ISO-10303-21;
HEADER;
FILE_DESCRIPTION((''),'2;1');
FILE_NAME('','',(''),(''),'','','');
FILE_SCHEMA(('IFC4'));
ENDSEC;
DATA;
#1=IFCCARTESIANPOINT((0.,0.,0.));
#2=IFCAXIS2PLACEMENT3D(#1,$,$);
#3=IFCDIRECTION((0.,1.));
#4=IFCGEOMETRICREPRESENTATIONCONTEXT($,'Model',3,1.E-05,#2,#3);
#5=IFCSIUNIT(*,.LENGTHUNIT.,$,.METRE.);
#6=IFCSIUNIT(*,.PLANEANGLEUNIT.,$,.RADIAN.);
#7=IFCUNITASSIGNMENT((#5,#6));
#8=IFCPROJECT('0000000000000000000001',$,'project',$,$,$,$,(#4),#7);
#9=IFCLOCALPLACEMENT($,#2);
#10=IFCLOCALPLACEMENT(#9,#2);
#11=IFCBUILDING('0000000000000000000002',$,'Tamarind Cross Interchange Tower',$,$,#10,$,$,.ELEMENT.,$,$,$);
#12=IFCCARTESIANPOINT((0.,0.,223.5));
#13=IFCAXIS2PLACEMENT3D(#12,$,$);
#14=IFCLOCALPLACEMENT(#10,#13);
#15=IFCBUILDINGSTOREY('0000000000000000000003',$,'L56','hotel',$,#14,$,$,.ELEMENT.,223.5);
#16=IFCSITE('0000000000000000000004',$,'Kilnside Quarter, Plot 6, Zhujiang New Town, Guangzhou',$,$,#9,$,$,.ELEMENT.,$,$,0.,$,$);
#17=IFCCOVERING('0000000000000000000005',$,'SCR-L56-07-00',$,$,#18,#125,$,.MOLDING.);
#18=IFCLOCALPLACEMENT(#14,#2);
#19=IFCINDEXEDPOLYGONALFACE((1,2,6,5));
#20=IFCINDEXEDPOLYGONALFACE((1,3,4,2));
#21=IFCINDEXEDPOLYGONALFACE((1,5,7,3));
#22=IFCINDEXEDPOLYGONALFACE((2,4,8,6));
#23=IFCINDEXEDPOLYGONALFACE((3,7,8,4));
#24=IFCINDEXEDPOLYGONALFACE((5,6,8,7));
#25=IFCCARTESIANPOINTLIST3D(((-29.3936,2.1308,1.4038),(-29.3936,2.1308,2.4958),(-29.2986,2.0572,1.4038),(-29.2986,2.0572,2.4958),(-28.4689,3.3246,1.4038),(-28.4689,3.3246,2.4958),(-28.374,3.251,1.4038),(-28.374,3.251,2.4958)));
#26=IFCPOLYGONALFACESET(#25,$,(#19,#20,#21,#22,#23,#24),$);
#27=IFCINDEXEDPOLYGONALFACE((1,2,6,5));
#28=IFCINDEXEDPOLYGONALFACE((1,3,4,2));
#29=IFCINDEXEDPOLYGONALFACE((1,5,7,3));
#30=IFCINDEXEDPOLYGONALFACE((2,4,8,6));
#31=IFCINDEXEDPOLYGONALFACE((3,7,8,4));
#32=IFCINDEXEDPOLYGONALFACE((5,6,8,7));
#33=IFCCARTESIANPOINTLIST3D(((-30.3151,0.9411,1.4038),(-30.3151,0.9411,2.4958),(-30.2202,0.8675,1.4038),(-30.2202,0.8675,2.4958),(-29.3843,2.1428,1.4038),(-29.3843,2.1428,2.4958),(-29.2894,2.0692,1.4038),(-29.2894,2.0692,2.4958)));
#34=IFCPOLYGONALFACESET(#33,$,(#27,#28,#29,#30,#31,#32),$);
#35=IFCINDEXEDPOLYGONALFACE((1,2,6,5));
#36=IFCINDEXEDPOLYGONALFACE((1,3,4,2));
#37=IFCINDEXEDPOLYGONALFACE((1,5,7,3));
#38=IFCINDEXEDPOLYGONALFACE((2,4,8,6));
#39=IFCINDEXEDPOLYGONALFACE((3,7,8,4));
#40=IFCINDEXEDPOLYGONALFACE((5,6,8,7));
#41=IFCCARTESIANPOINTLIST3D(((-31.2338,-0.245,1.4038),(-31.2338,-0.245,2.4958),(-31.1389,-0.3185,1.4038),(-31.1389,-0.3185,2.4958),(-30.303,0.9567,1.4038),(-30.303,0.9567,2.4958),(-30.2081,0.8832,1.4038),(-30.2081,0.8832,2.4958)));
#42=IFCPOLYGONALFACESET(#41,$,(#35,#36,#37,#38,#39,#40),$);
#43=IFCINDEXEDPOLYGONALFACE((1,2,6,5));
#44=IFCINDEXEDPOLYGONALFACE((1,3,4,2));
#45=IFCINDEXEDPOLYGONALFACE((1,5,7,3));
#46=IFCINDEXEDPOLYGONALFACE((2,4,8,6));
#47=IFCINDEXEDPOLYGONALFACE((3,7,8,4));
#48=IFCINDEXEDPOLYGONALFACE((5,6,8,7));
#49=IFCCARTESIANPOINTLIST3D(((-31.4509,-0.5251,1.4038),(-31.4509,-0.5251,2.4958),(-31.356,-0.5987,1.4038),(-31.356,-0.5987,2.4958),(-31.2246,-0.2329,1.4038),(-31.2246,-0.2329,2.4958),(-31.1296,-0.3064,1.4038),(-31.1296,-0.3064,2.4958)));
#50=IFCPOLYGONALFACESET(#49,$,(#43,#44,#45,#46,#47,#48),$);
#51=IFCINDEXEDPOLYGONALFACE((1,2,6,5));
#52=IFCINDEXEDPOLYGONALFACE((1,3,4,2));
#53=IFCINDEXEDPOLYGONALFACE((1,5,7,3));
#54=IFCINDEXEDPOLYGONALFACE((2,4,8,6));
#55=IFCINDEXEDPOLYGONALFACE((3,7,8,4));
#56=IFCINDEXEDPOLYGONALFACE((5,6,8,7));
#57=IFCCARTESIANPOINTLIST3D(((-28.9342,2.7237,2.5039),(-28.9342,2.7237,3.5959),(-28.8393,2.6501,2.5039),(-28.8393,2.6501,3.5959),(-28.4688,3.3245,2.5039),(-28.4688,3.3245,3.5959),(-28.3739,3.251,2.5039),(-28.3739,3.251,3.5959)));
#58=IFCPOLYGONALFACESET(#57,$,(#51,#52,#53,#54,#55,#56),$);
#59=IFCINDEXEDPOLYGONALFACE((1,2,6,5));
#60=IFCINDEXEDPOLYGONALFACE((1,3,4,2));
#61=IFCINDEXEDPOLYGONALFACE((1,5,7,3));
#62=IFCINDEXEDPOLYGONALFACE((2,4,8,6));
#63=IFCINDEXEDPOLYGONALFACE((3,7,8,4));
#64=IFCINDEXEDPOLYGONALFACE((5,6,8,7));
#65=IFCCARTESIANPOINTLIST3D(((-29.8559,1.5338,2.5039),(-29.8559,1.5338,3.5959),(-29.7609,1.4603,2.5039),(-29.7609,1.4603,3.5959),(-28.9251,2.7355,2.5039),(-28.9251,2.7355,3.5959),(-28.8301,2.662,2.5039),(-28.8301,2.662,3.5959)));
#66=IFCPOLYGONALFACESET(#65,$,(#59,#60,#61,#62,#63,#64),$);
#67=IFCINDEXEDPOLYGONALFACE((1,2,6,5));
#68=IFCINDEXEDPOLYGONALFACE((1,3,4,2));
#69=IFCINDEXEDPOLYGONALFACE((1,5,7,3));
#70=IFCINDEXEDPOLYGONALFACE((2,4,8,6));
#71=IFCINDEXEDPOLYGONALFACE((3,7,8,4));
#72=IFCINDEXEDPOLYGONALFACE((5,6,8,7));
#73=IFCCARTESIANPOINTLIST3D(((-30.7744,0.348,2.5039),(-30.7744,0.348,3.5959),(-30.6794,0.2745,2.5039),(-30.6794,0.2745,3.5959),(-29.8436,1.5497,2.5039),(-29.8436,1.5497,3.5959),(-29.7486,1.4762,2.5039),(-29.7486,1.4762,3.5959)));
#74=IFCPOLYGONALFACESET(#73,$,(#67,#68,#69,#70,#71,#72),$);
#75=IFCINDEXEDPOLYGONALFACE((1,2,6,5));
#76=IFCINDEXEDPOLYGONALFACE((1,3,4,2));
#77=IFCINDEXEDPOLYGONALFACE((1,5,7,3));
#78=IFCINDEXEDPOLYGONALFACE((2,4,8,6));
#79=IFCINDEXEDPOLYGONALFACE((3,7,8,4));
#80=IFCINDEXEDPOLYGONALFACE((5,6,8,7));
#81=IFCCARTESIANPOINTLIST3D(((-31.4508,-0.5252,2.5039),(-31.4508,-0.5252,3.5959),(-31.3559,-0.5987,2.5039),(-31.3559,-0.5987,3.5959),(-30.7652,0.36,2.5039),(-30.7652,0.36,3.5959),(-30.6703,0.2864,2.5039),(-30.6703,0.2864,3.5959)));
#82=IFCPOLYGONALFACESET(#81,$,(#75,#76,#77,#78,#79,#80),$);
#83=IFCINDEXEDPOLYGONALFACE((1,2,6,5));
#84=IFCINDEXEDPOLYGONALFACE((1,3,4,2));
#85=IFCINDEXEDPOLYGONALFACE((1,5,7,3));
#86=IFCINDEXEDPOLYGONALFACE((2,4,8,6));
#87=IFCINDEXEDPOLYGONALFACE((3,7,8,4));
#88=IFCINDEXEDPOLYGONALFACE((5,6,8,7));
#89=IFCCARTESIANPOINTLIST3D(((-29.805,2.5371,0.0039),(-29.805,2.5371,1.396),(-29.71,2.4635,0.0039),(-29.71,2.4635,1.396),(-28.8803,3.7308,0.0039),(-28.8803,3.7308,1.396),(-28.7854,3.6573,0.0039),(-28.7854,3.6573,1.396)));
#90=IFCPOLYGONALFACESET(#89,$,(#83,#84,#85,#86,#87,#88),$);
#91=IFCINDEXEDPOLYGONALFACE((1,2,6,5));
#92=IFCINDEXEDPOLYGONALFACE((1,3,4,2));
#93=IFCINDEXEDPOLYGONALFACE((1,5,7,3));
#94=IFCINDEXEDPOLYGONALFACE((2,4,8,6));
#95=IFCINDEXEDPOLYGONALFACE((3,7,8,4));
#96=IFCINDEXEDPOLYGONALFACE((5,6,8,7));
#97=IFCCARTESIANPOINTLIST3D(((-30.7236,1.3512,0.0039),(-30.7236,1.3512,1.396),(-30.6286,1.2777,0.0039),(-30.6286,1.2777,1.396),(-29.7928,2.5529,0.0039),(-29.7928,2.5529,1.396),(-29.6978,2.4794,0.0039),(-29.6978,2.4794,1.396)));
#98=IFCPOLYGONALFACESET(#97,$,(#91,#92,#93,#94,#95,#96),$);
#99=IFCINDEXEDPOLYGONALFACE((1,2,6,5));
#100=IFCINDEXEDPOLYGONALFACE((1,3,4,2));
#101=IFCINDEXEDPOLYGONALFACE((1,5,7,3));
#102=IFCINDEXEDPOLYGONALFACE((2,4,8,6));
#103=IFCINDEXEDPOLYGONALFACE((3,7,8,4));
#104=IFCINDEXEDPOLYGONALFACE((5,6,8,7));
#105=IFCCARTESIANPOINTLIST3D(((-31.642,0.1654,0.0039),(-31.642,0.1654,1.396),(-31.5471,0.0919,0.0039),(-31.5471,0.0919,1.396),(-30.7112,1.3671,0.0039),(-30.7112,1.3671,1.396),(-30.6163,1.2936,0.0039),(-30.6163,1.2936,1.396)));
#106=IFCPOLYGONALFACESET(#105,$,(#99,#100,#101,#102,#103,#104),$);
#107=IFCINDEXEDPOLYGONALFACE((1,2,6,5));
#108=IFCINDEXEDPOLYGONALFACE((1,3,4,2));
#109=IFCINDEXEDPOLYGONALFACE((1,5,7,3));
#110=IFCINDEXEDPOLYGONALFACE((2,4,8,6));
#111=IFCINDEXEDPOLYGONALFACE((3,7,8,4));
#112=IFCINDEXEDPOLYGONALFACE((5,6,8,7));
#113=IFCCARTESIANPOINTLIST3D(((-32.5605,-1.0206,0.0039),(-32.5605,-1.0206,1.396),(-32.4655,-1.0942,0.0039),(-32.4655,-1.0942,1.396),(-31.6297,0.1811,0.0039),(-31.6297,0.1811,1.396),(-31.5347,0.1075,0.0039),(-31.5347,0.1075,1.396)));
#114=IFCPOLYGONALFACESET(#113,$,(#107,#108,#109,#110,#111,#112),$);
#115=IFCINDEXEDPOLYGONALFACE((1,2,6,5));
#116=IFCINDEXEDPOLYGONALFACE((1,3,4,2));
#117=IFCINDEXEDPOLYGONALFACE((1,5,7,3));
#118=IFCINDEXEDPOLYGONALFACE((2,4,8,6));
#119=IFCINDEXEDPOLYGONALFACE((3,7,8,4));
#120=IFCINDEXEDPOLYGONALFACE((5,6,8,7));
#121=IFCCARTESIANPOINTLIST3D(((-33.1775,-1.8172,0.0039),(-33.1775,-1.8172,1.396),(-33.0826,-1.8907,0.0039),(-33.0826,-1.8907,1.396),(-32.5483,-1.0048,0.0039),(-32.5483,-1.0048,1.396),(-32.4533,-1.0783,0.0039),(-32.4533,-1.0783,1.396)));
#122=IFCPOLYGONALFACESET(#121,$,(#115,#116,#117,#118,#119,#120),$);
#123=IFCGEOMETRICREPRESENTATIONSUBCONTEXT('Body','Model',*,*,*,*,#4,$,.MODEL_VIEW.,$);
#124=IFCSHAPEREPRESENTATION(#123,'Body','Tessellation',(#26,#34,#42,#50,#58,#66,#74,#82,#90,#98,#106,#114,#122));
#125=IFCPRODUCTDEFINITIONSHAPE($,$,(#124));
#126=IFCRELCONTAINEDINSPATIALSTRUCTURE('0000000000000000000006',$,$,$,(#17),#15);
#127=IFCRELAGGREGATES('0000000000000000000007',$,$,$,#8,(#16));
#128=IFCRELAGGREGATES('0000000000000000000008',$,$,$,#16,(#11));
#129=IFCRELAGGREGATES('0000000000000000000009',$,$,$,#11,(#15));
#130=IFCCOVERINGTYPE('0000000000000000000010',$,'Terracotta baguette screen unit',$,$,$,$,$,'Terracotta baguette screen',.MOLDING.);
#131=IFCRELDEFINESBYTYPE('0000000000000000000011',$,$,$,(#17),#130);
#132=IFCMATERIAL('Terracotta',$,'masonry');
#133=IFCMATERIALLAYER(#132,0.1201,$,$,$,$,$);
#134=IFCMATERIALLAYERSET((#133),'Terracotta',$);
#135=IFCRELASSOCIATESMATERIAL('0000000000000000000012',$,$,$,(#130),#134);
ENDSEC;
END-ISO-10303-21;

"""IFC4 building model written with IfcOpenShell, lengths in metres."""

from ifc_helpers import new_model, si_unit, direction, frame, origin, origin_2d, place, context, subcontext, project, spatial, rectangle, extrude, material, layer, layer_set, type_object, element, save


model = new_model("IFC4")

# Units and contexts
model_context = context("Model", 3, precision=1e-05, world=origin(), true_north=direction((0.0, 1.0)))
body_context = subcontext(model_context, "Body", "Model", "MODEL_VIEW")
ifc_project = project(units=[si_unit("LENGTHUNIT", "METRE"), si_unit("PLANEANGLEUNIT", "RADIAN")], contexts=[model_context])

# Site, building, storey
site_placement = place(None, origin())
site = spatial("IfcSite", under=ifc_project, at=site_placement, Name="Kilnside Quarter, Plot 6, Zhujiang New Town, Guangzhou", CompositionType="ELEMENT", RefElevation=0.0)
building_placement = place(site_placement, origin())
building = spatial("IfcBuilding", under=site, at=building_placement, Name="Tamarind Cross Interchange Tower", CompositionType="ELEMENT")
storey_placement = place(building_placement, frame((0.0, 0.0, 223.5)))
storey = spatial("IfcBuildingStorey", under=building, at=storey_placement, Name="L56", Description="hotel", CompositionType="ELEMENT", Elevation=223.5)

# Covering
ifc_material_1 = material(Name="Terracotta", Category="masonry")
ifc_layer_1 = layer(ifc_material_1, 0.1201)
ifc_layer_set_1 = layer_set([ifc_layer_1], Name="Terracotta")
covering_type = type_object("IfcCoveringType", Name="Terracotta baguette screen unit", ElementType="Terracotta baguette screen", PredefinedType="MOLDING", material=ifc_layer_set_1)
covering_1_placement = place(storey_placement, origin())
element("IfcCovering", 1, at=covering_1_placement, inside=storey, type_object=covering_type, Name="SCR-L56-07-00", PredefinedType="MOLDING", context=body_context, shape_type="SweptSolid", body=[
    extrude(rectangle(XDim=1.51, YDim=0.1201, at=origin_2d()), frame((-28.8838, 2.6909, 1.4038), z_axis=(0.0, 0.0, 1.0), x_axis=(-0.612355, -0.790583, 0.0)), (0.0, 0.0, 1.0), 1.092),
    extrude(rectangle(XDim=1.52, YDim=0.1201, at=origin_2d()), frame((-29.8022, 1.5051, 1.4038), z_axis=(0.0, 0.0, 1.0), x_axis=(-0.612355, -0.790583, 0.0)), (0.0, 0.0, 1.0), 1.092),
    extrude(rectangle(XDim=1.52, YDim=0.1201, at=origin_2d()), frame((-30.7209, 0.3191, 1.4038), z_axis=(0.0, 0.0, 1.0), x_axis=(-0.612355, -0.790583, 0.0)), (0.0, 0.0, 1.0), 1.092),
    extrude(rectangle(XDim=0.3696, YDim=0.1201, at=origin_2d()), frame((-31.2903, -0.4158, 1.4038), z_axis=(0.0, 0.0, 1.0), x_axis=(-0.612355, -0.790583, 0.0)), (0.0, 0.0, 1.0), 1.092),
    extrude(rectangle(XDim=0.76, YDim=0.1201, at=origin_2d()), frame((-28.6541, 2.9873, 2.5039), z_axis=(0.0, 0.0, 1.0), x_axis=(-0.612355, -0.790583, 0.0)), (0.0, 0.0, 1.0), 1.092),
    extrude(rectangle(XDim=1.52, YDim=0.1201, at=origin_2d()), frame((-29.343, 2.0979, 2.5039), z_axis=(0.0, 0.0, 1.0), x_axis=(-0.612355, -0.790583, 0.0)), (0.0, 0.0, 1.0), 1.092),
    extrude(rectangle(XDim=1.52, YDim=0.1201, at=origin_2d()), frame((-30.2615, 0.9121, 2.5039), z_axis=(0.0, 0.0, 1.0), x_axis=(-0.612355, -0.790583, 0.0)), (0.0, 0.0, 1.0), 1.092),
    extrude(rectangle(XDim=1.1196, YDim=0.1201, at=origin_2d()), frame((-31.0605, -0.1194, 2.5039), z_axis=(0.0, 0.0, 1.0), x_axis=(-0.612355, -0.790583, 0.0)), (0.0, 0.0, 1.0), 1.092),
    extrude(rectangle(XDim=1.51, YDim=0.1201, at=origin_2d()), frame((-29.2952, 3.0972, 0.0039), z_axis=(0.0, 0.0, 1.0), x_axis=(-0.612355, -0.790583, 0.0)), (0.0, 0.0, 1.0), 1.3921),
    extrude(rectangle(XDim=1.52, YDim=0.1201, at=origin_2d()), frame((-30.2107, 1.9153, 0.0039), z_axis=(0.0, 0.0, 1.0), x_axis=(-0.612355, -0.790583, 0.0)), (0.0, 0.0, 1.0), 1.3921),
    extrude(rectangle(XDim=1.52, YDim=0.1201, at=origin_2d()), frame((-31.1292, 0.7295, 0.0039), z_axis=(0.0, 0.0, 1.0), x_axis=(-0.612355, -0.790583, 0.0)), (0.0, 0.0, 1.0), 1.3921),
    extrude(rectangle(XDim=1.52, YDim=0.1201, at=origin_2d()), frame((-32.0476, -0.4565, 0.0039), z_axis=(0.0, 0.0, 1.0), x_axis=(-0.612355, -0.790583, 0.0)), (0.0, 0.0, 1.0), 1.3921),
    extrude(rectangle(XDim=1.0276, YDim=0.1201, at=origin_2d()), frame((-32.8154, -1.4478, 0.0039), z_axis=(0.0, 0.0, 1.0), x_axis=(-0.612355, -0.790583, 0.0)), (0.0, 0.0, 1.0), 1.3921),
])

save(model, "model.ifc")
